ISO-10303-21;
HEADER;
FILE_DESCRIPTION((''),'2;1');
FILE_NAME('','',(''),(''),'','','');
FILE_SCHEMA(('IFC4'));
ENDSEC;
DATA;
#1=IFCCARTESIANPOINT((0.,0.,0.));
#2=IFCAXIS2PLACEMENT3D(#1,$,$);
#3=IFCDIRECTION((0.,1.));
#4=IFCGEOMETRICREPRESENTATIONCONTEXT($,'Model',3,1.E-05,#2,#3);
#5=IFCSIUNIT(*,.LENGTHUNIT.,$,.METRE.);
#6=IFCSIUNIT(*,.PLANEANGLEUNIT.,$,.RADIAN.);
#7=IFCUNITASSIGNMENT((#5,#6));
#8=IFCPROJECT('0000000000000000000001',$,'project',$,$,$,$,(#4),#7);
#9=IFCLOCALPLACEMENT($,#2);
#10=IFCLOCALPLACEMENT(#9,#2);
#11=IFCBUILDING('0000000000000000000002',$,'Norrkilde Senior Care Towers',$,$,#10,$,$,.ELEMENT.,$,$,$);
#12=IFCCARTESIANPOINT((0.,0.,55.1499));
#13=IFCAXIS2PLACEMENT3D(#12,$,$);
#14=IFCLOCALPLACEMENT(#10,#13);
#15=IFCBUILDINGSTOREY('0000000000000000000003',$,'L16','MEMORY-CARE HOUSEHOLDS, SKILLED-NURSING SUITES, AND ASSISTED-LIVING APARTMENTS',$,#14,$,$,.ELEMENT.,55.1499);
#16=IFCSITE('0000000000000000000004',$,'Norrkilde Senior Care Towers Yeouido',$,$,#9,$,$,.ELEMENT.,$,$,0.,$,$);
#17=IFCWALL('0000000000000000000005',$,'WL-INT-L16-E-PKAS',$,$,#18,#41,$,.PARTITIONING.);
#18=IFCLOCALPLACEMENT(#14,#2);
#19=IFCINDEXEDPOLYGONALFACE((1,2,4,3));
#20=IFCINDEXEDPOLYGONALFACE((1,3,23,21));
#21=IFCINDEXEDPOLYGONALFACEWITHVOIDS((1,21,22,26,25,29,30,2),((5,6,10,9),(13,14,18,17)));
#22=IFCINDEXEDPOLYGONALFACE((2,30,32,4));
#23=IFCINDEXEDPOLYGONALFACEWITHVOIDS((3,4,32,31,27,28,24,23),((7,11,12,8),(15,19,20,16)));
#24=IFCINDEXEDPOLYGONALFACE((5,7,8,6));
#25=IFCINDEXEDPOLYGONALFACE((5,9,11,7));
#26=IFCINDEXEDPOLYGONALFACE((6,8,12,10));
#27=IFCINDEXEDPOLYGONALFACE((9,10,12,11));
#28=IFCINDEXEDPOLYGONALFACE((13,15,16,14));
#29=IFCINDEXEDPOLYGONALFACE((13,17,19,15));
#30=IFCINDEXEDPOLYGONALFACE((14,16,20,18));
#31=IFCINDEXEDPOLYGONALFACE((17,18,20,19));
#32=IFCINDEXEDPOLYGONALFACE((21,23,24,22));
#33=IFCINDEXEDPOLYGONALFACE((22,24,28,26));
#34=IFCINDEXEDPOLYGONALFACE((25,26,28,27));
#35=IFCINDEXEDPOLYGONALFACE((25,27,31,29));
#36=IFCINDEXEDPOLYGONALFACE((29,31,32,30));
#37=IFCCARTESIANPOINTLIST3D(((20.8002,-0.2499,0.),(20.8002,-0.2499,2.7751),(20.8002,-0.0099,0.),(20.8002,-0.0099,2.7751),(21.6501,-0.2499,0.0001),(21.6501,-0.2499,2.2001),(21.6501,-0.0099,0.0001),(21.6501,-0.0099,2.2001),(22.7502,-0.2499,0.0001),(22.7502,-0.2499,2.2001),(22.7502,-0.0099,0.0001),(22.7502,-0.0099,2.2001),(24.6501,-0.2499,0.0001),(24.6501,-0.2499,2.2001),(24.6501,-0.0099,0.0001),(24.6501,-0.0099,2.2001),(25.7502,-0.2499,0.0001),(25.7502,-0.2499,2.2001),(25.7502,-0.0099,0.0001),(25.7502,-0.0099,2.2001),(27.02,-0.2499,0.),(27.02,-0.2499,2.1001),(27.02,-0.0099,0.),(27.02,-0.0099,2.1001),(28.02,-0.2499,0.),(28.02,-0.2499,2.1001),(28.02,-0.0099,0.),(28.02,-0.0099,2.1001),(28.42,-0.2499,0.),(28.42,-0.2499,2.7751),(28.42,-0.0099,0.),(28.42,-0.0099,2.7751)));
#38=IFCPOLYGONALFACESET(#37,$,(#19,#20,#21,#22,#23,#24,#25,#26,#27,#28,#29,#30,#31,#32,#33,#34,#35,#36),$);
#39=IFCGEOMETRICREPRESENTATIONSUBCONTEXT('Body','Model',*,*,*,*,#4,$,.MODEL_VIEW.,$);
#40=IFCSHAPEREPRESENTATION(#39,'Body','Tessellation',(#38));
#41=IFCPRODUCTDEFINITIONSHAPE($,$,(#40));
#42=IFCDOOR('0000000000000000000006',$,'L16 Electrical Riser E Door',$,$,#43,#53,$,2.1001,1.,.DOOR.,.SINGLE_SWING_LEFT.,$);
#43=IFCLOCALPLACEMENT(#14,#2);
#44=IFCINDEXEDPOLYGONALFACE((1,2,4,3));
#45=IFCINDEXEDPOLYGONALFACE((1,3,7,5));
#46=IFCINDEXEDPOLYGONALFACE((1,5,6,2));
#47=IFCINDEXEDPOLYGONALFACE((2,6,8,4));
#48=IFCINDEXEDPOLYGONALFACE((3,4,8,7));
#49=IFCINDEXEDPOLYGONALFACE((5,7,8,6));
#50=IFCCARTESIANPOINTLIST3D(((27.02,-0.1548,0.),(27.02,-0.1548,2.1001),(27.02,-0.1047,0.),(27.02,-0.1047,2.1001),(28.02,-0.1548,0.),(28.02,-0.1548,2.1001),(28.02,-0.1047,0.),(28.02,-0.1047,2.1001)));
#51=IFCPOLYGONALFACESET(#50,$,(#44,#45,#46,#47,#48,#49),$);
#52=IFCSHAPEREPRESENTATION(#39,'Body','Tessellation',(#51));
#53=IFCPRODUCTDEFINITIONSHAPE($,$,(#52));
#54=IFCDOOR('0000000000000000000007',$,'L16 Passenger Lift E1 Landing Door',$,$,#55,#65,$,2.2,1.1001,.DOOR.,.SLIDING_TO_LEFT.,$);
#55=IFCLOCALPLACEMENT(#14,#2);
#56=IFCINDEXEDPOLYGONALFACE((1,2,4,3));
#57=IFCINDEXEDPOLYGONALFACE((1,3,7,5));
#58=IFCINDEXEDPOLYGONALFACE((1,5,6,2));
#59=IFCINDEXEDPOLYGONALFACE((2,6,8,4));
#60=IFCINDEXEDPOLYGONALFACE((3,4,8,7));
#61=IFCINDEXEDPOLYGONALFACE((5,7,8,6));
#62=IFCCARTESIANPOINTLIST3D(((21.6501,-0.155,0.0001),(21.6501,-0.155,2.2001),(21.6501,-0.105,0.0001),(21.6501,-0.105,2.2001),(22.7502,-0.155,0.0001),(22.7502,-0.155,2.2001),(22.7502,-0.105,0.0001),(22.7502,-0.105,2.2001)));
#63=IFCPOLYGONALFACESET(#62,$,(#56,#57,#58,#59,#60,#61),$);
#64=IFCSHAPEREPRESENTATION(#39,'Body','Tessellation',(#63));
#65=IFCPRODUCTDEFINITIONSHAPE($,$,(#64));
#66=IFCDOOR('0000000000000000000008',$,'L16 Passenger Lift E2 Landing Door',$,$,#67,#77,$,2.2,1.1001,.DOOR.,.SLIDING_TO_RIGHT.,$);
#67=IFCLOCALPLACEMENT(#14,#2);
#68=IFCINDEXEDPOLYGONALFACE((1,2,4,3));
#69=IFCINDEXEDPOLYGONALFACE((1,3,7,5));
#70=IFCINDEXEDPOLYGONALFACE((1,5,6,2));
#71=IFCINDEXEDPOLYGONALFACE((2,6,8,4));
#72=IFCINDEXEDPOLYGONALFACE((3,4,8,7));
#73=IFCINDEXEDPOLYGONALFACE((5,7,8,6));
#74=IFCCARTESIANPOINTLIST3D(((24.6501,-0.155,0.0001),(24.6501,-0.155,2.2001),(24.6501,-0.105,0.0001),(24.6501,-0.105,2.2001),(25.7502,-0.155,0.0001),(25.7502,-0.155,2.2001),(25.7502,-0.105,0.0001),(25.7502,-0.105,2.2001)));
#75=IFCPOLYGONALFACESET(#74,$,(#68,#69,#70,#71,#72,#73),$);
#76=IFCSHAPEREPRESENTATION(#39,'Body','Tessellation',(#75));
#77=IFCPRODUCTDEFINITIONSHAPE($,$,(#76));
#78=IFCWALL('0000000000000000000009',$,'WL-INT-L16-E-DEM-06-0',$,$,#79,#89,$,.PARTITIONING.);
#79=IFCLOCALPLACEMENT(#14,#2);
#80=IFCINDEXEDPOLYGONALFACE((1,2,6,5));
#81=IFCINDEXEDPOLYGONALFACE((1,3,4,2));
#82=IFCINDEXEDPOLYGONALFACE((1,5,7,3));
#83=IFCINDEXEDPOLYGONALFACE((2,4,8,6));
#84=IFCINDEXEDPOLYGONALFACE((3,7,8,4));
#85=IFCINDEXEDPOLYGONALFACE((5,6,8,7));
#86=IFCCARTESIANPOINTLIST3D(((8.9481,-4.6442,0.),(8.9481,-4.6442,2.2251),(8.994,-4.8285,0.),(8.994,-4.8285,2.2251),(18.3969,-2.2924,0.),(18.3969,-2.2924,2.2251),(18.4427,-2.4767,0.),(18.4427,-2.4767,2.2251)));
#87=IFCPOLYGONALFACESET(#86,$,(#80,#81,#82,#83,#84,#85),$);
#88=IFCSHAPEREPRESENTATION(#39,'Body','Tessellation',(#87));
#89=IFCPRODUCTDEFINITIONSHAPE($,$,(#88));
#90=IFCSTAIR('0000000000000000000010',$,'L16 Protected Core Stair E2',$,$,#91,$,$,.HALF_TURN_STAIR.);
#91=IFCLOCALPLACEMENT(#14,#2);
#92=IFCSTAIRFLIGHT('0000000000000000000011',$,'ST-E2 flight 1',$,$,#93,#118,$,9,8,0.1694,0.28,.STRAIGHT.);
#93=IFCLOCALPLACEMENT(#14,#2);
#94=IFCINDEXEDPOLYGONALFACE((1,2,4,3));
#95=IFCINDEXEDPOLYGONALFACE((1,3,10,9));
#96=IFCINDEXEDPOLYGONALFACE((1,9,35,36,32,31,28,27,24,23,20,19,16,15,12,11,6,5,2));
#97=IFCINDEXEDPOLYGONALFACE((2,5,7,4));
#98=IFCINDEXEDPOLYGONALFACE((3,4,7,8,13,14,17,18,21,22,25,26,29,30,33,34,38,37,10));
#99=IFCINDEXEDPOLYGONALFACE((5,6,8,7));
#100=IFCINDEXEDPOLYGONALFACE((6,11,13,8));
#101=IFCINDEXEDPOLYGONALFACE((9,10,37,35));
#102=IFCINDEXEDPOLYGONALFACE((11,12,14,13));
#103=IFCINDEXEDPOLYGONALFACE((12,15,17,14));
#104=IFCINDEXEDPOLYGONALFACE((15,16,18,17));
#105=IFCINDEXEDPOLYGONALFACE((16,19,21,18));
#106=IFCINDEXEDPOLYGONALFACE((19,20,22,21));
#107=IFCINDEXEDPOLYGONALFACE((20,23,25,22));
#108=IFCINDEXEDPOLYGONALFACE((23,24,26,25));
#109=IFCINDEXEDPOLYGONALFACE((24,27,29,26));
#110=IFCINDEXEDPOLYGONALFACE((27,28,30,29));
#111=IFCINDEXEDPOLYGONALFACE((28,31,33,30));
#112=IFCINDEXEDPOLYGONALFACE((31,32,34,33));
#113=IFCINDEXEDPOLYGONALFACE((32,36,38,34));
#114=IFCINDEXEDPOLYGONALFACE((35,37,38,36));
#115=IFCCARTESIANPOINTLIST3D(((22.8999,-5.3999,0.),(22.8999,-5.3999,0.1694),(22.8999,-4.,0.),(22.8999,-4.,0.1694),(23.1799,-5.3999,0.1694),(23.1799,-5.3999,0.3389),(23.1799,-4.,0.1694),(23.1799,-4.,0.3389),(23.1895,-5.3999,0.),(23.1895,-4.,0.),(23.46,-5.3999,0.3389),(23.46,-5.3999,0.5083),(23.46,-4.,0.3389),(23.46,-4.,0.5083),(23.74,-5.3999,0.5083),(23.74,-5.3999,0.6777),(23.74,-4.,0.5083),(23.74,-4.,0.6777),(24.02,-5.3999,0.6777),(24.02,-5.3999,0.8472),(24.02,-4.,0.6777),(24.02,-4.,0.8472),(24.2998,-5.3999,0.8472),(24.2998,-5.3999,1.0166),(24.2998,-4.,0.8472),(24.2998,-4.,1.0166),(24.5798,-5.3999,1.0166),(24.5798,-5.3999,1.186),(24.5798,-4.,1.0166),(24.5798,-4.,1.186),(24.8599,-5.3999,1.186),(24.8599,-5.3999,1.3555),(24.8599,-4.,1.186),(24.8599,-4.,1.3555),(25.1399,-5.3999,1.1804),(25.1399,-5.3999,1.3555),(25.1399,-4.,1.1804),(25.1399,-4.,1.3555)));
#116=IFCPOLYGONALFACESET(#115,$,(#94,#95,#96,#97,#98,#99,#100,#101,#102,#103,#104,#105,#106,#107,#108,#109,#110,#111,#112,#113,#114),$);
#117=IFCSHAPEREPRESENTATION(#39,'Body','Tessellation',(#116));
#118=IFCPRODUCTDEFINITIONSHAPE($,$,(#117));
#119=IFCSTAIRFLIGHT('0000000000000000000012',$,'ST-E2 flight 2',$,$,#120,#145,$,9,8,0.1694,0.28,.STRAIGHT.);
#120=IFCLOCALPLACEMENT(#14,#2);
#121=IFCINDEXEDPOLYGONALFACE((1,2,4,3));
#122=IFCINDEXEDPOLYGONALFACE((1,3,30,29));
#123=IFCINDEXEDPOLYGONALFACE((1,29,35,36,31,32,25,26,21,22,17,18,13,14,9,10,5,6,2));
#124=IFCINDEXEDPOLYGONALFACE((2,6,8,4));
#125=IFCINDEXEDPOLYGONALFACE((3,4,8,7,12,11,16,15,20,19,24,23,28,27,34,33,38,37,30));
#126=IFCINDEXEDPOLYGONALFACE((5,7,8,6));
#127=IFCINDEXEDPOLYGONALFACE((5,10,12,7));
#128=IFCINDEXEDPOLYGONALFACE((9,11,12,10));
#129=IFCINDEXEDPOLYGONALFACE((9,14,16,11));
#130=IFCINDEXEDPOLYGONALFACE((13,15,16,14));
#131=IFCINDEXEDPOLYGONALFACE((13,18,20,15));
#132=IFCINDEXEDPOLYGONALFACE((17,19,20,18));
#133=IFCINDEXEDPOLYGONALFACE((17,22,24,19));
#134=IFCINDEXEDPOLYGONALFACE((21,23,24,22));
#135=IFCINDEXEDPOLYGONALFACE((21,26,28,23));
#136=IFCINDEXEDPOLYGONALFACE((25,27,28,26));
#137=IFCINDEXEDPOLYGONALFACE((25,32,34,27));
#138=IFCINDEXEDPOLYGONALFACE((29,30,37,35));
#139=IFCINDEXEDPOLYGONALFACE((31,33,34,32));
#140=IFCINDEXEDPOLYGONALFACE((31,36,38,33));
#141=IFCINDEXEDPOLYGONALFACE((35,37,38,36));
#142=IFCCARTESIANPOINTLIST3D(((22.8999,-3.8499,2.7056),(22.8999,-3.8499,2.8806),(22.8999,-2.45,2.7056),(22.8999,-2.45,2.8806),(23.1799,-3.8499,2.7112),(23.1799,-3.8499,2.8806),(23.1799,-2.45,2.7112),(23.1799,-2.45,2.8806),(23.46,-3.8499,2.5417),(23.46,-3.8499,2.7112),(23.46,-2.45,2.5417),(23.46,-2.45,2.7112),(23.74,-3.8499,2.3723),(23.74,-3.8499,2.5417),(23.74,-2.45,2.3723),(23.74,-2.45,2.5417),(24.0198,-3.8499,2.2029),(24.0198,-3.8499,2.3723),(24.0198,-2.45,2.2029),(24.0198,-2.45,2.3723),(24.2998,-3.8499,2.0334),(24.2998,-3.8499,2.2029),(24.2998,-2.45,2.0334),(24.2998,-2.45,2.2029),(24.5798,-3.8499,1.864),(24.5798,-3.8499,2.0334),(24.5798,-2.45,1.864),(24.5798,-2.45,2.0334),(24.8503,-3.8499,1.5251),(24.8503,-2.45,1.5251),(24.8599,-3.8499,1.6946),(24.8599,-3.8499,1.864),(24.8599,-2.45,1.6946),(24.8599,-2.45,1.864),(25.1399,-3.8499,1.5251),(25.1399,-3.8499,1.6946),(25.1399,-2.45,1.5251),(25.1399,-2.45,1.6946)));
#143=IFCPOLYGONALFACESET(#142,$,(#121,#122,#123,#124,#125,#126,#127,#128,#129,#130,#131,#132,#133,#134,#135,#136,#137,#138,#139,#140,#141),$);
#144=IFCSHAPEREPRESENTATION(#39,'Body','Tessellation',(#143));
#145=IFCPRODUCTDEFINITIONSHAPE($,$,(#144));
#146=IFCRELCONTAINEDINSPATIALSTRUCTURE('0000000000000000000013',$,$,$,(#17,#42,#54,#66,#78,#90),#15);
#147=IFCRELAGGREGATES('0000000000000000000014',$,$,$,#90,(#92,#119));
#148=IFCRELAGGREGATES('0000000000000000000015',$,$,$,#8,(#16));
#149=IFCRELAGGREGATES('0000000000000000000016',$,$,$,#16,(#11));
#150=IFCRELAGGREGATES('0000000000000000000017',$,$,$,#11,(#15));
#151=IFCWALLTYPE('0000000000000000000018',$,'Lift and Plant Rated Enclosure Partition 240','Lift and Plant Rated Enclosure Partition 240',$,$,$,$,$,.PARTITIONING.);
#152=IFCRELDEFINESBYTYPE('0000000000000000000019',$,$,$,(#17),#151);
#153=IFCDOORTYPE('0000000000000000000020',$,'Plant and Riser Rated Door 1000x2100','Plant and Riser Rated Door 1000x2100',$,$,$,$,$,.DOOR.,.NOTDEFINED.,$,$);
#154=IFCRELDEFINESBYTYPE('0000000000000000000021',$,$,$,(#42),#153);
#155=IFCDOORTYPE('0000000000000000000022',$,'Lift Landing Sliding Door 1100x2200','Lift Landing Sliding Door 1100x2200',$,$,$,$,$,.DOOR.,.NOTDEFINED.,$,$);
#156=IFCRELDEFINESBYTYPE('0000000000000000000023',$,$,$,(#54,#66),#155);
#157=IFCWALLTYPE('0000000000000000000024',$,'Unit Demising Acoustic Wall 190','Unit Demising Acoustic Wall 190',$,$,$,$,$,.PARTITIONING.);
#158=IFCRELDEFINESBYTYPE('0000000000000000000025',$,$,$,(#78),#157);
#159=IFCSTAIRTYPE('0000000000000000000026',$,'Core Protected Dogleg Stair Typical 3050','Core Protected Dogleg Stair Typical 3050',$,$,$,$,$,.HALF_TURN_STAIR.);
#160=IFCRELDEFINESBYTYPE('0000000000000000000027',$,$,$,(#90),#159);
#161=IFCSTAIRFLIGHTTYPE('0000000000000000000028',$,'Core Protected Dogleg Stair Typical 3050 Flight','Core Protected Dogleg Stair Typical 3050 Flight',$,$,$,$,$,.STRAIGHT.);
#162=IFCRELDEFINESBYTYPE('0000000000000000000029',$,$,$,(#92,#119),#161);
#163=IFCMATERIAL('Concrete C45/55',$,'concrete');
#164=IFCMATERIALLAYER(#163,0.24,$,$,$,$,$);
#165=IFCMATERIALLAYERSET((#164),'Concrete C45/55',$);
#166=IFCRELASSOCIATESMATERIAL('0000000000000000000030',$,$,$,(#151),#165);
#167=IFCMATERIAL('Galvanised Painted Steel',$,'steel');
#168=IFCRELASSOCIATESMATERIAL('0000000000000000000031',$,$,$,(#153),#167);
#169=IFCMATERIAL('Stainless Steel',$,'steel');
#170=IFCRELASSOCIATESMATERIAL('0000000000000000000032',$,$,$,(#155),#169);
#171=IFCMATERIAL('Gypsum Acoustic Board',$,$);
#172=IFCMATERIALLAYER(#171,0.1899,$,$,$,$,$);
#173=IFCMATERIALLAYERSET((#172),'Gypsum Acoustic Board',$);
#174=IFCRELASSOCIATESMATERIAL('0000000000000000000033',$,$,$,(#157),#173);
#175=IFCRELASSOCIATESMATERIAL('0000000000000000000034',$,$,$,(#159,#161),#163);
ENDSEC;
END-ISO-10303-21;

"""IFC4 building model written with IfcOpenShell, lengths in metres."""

from ifc_helpers import new_model, si_unit, direction, frame, frame_2d, origin, place, context, subcontext, project, spatial, polyline, rectangle, outline, extrude, source, transform, mapped, material, layer, layer_set, type_object, type_shapes, element, fill, aggregate, save


model = new_model("IFC4")

# Units and contexts
model_context = context("Model", 3, precision=1e-05, world=origin(), true_north=direction((0.0, 1.0)))
body_context = subcontext(model_context, "Body", "Model", "MODEL_VIEW")
ifc_project = project(units=[si_unit("LENGTHUNIT", "METRE"), si_unit("PLANEANGLEUNIT", "RADIAN")], contexts=[model_context])

# Site, building, storey
site_placement = place(None, origin())
site = spatial("IfcSite", under=ifc_project, at=site_placement, Name="Norrkilde Senior Care Towers Yeouido", CompositionType="ELEMENT", RefElevation=0.0)
building_placement = place(site_placement, origin())
building = spatial("IfcBuilding", under=site, at=building_placement, Name="Norrkilde Senior Care Towers", CompositionType="ELEMENT")
storey_placement = place(building_placement, frame((0.0, 0.0, 55.1499)))
storey = spatial("IfcBuildingStorey", under=building, at=storey_placement, Name="L16", Description="MEMORY-CARE HOUSEHOLDS, SKILLED-NURSING SUITES, AND ASSISTED-LIVING APARTMENTS", CompositionType="ELEMENT", Elevation=55.1499)

# Shared definitions
ifc_material_1 = material(Name="Galvanised Painted Steel", Category="steel")
ifc_material_2 = material(Name="Concrete C45/55", Category="concrete")

# Wall, openings, doors
ifc_layer_1 = layer(ifc_material_2, 0.24)
ifc_layer_set_1 = layer_set([ifc_layer_1], Name="Concrete C45/55")
wall_type_1 = type_object("IfcWallType", Name="Lift and Plant Rated Enclosure Partition 240", Description="Lift and Plant Rated Enclosure Partition 240", PredefinedType="PARTITIONING", material=ifc_layer_set_1)
shared_shape_1 = source(origin(), body_context, "Body", "SweptSolid", [
    extrude(rectangle(XDim=7.6199, YDim=0.24, at=frame_2d((3.8101, 0.0))), origin(), (0.0, 0.0, 1.0), 2.7751),
])
type_shapes(wall_type_1, [shared_shape_1])
wall_1_placement = place(storey_placement, frame((20.8, -0.1299, 0.0), z_axis=(0.0, 0.0, 1.0), x_axis=(1.0, 0.0, 0.0)))
wall_1 = element("IfcWall", 1, at=wall_1_placement, inside=storey, type_object=wall_type_1, Name="WL-INT-L16-E-PKAS", PredefinedType="PARTITIONING", context=body_context, shape_type="MappedRepresentation", body=[
    mapped(shared_shape_1, transform((0.0, 0.0, 0.0), x_axis=(1.0, 0.0, 0.0), y_axis=(0.0, 1.0, 0.0), z_axis=(0.0, 0.0, 1.0), scale=1.0)),
])
opening_1_placement = place(wall_1_placement, frame((6.22, 0.0, 0.0)))
opening_1 = element("IfcOpeningElement", 2, at=opening_1_placement, cuts=wall_1, PredefinedType="OPENING", context=body_context, shape_type="SweptSolid", body=[
    extrude(rectangle(XDim=1.0, YDim=2.1001, at=frame_2d((0.5, 1.05))), frame((0.0, 0.1299, 0.0), z_axis=(0.0, -1.0, 0.0), x_axis=(1.0, 0.0, 0.0)), (0.0, 0.0, 1.0), 0.26),
])
opening_2_placement = place(wall_1_placement, frame((0.8501, 0.0, 0.0)))
opening_2 = element("IfcOpeningElement", 3, at=opening_2_placement, cuts=wall_1, PredefinedType="OPENING", context=body_context, shape_type="SweptSolid", body=[
    extrude(rectangle(XDim=1.1001, YDim=2.2, at=frame_2d((0.55, 1.1001))), frame((0.0, 0.1299, 0.0), z_axis=(0.0, -1.0, 0.0), x_axis=(1.0, 0.0, 0.0)), (0.0, 0.0, 1.0), 0.26),
])
opening_3_placement = place(wall_1_placement, frame((3.8501, 0.0, 0.0)))
opening_3 = element("IfcOpeningElement", 4, at=opening_3_placement, cuts=wall_1, PredefinedType="OPENING", context=body_context, shape_type="SweptSolid", body=[
    extrude(rectangle(XDim=1.1001, YDim=2.2, at=frame_2d((0.55, 1.1001))), frame((0.0, 0.1299, 0.0), z_axis=(0.0, -1.0, 0.0), x_axis=(1.0, 0.0, 0.0)), (0.0, 0.0, 1.0), 0.26),
])
door_type_1 = type_object("IfcDoorType", Name="Plant and Riser Rated Door 1000x2100", Description="Plant and Riser Rated Door 1000x2100", OperationType="NOTDEFINED", PredefinedType="DOOR", material=ifc_material_1)
shared_shape_2 = source(origin(), body_context, "Body", "SweptSolid", [
    extrude(rectangle(XDim=1.0, YDim=2.1001, at=frame_2d((0.5, 1.05))), frame((0.0, 0.0249, 0.0), z_axis=(0.0, -1.0, 0.0), x_axis=(1.0, 0.0, 0.0)), (0.0, 0.0, 1.0), 0.05),
])
type_shapes(door_type_1, [shared_shape_2])
door_1_placement = place(opening_1_placement, frame((1.0, 0.0, 0.0), z_axis=(0.0, 0.0, 1.0), x_axis=(-1.0, 0.0, 0.0)))
door_1 = element("IfcDoor", 5, at=door_1_placement, inside=storey, type_object=door_type_1, Name="L16 Electrical Riser E Door", OperationType="SINGLE_SWING_LEFT", OverallHeight=2.1001, OverallWidth=1.0, PredefinedType="DOOR", context=body_context, shape_type="MappedRepresentation", body=[
    mapped(shared_shape_2, transform((0.0, 0.0, 0.0), x_axis=(1.0, 0.0, 0.0), y_axis=(0.0, 1.0, 0.0), z_axis=(0.0, 0.0, 1.0), scale=1.0)),
])
fill(opening_1, door_1)
ifc_material_3 = material(Name="Stainless Steel", Category="steel")
door_type_2 = type_object("IfcDoorType", Name="Lift Landing Sliding Door 1100x2200", Description="Lift Landing Sliding Door 1100x2200", OperationType="NOTDEFINED", PredefinedType="DOOR", material=ifc_material_3)
shared_shape_3 = source(origin(), body_context, "Body", "SweptSolid", [
    extrude(rectangle(XDim=1.1001, YDim=2.2, at=frame_2d((0.55, 1.1001))), frame((0.0, 0.0249, 0.0), z_axis=(0.0, -1.0, 0.0), x_axis=(1.0, 0.0, 0.0)), (0.0, 0.0, 1.0), 0.05),
])
type_shapes(door_type_2, [shared_shape_3])
door_2_placement = place(opening_2_placement, origin())
door_2 = element("IfcDoor", 6, at=door_2_placement, inside=storey, type_object=door_type_2, Name="L16 Passenger Lift E1 Landing Door", OperationType="SLIDING_TO_LEFT", OverallHeight=2.2, OverallWidth=1.1001, PredefinedType="DOOR", context=body_context, shape_type="MappedRepresentation", body=[
    mapped(shared_shape_3, transform((0.0, 0.0, 0.0), x_axis=(1.0, 0.0, 0.0), y_axis=(0.0, 1.0, 0.0), z_axis=(0.0, 0.0, 1.0), scale=1.0)),
])
fill(opening_2, door_2)
door_3_placement = place(opening_3_placement, origin())
door_3 = element("IfcDoor", 7, at=door_3_placement, inside=storey, type_object=door_type_2, Name="L16 Passenger Lift E2 Landing Door", OperationType="SLIDING_TO_RIGHT", OverallHeight=2.2, OverallWidth=1.1001, PredefinedType="DOOR", context=body_context, shape_type="MappedRepresentation", body=[
    mapped(shared_shape_3, transform((0.0, 0.0, 0.0), x_axis=(1.0, 0.0, 0.0), y_axis=(0.0, 1.0, 0.0), z_axis=(0.0, 0.0, 1.0), scale=1.0)),
])
fill(opening_3, door_3)

# Wall
ifc_material_4 = material(Name="Gypsum Acoustic Board")
ifc_layer_2 = layer(ifc_material_4, 0.1899)
ifc_layer_set_2 = layer_set([ifc_layer_2], Name="Gypsum Acoustic Board")
wall_type_2 = type_object("IfcWallType", Name="Unit Demising Acoustic Wall 190", Description="Unit Demising Acoustic Wall 190", PredefinedType="PARTITIONING", material=ifc_layer_set_2)
shared_shape_4 = source(origin(), body_context, "Body", "SweptSolid", [
    extrude(rectangle(XDim=9.7371, YDim=0.1899, at=frame_2d((4.8687, 0.0))), origin(), (0.0, 0.0, 1.0), 2.2251),
])
type_shapes(wall_type_2, [shared_shape_4])
wall_2_placement = place(storey_placement, frame((18.4199, -2.3845, 0.0), z_axis=(0.0, 0.0, 1.0), x_axis=(-0.970393, -0.241533, 0.0)))
element("IfcWall", 8, at=wall_2_placement, inside=storey, type_object=wall_type_2, Name="WL-INT-L16-E-DEM-06-0", PredefinedType="PARTITIONING", context=body_context, shape_type="MappedRepresentation", body=[
    mapped(shared_shape_4, transform((0.0, 0.0, 0.0), x_axis=(1.0, 0.0, 0.0), y_axis=(0.0, 1.0, 0.0), z_axis=(0.0, 0.0, 1.0), scale=1.0)),
])

# Stair, stair flights
stair_type = type_object("IfcStairType", Name="Core Protected Dogleg Stair Typical 3050", Description="Core Protected Dogleg Stair Typical 3050", PredefinedType="HALF_TURN_STAIR", material=ifc_material_2)
stair_placement = place(storey_placement, origin())
stair = element("IfcStair", 9, at=stair_placement, inside=storey, type_object=stair_type, Name="L16 Protected Core Stair E2", PredefinedType="HALF_TURN_STAIR")
stair_flight_type = type_object("IfcStairFlightType", Name="Core Protected Dogleg Stair Typical 3050 Flight", Description="Core Protected Dogleg Stair Typical 3050 Flight", PredefinedType="STRAIGHT", material=ifc_material_2)
stair_flight_1_placement = place(storey_placement, frame((22.8999, -4.7, 0.0), z_axis=(0.0, 0.0, 1.0), x_axis=(1.0, 0.0, 0.0)))
stair_flight_1 = element("IfcStairFlight", 10, at=stair_flight_1_placement, type_object=stair_flight_type, Name="ST-E2 flight 1", NumberOfRisers=9, NumberOfTreads=8, PredefinedType="STRAIGHT", RiserHeight=0.1694, TreadLength=0.28, context=body_context, shape_type="SweptSolid", body=[
    extrude(outline(polyline([(0.0, 0.0), (0.0, 0.1694), (0.28, 0.1694), (0.28, 0.3389), (0.5601, 0.3389), (0.5601, 0.5083), (0.8401, 0.5083), (0.8401, 0.6777), (1.1201, 0.6777), (1.1201, 0.8472), (1.3999, 0.8472), (1.3999, 1.0166), (1.6799, 1.0166), (1.6799, 1.186), (1.96, 1.186), (1.96, 1.3555), (2.24, 1.3555), (2.24, 1.5249), (2.24, 1.1804), (0.2896, 0.0), (0.0, 0.0)])), frame((0.0, 0.7, 0.0), z_axis=(0.0, -1.0, 0.0), x_axis=(1.0, 0.0, 0.0)), (0.0, 0.0, 1.0), 1.3999),
])
stair_flight_2_placement = place(storey_placement, frame((25.1399, -3.1499, 1.5251), z_axis=(0.0, 0.0, 1.0), x_axis=(-1.0, 0.0, 0.0)))
stair_flight_2 = element("IfcStairFlight", 11, at=stair_flight_2_placement, type_object=stair_flight_type, Name="ST-E2 flight 2", NumberOfRisers=9, NumberOfTreads=8, PredefinedType="STRAIGHT", RiserHeight=0.1694, TreadLength=0.28, context=body_context, shape_type="SweptSolid", body=[
    extrude(outline(polyline([(0.0, 0.0), (0.0, 0.1694), (0.28, 0.1694), (0.28, 0.3389), (0.5601, 0.3389), (0.5601, 0.5083), (0.8401, 0.5083), (0.8401, 0.6777), (1.1201, 0.6777), (1.1201, 0.8472), (1.3999, 0.8472), (1.3999, 1.0166), (1.6799, 1.0166), (1.6799, 1.186), (1.96, 1.186), (1.96, 1.3555), (2.24, 1.3555), (2.24, 1.5249), (2.24, 1.1804), (0.2896, 0.0), (0.0, 0.0)])), frame((0.0, 0.7, 0.0), z_axis=(0.0, -1.0, 0.0), x_axis=(1.0, 0.0, 0.0)), (0.0, 0.0, 1.0), 1.3999),
])
aggregate(stair, [stair_flight_1, stair_flight_2])

save(model, "model.ifc")
